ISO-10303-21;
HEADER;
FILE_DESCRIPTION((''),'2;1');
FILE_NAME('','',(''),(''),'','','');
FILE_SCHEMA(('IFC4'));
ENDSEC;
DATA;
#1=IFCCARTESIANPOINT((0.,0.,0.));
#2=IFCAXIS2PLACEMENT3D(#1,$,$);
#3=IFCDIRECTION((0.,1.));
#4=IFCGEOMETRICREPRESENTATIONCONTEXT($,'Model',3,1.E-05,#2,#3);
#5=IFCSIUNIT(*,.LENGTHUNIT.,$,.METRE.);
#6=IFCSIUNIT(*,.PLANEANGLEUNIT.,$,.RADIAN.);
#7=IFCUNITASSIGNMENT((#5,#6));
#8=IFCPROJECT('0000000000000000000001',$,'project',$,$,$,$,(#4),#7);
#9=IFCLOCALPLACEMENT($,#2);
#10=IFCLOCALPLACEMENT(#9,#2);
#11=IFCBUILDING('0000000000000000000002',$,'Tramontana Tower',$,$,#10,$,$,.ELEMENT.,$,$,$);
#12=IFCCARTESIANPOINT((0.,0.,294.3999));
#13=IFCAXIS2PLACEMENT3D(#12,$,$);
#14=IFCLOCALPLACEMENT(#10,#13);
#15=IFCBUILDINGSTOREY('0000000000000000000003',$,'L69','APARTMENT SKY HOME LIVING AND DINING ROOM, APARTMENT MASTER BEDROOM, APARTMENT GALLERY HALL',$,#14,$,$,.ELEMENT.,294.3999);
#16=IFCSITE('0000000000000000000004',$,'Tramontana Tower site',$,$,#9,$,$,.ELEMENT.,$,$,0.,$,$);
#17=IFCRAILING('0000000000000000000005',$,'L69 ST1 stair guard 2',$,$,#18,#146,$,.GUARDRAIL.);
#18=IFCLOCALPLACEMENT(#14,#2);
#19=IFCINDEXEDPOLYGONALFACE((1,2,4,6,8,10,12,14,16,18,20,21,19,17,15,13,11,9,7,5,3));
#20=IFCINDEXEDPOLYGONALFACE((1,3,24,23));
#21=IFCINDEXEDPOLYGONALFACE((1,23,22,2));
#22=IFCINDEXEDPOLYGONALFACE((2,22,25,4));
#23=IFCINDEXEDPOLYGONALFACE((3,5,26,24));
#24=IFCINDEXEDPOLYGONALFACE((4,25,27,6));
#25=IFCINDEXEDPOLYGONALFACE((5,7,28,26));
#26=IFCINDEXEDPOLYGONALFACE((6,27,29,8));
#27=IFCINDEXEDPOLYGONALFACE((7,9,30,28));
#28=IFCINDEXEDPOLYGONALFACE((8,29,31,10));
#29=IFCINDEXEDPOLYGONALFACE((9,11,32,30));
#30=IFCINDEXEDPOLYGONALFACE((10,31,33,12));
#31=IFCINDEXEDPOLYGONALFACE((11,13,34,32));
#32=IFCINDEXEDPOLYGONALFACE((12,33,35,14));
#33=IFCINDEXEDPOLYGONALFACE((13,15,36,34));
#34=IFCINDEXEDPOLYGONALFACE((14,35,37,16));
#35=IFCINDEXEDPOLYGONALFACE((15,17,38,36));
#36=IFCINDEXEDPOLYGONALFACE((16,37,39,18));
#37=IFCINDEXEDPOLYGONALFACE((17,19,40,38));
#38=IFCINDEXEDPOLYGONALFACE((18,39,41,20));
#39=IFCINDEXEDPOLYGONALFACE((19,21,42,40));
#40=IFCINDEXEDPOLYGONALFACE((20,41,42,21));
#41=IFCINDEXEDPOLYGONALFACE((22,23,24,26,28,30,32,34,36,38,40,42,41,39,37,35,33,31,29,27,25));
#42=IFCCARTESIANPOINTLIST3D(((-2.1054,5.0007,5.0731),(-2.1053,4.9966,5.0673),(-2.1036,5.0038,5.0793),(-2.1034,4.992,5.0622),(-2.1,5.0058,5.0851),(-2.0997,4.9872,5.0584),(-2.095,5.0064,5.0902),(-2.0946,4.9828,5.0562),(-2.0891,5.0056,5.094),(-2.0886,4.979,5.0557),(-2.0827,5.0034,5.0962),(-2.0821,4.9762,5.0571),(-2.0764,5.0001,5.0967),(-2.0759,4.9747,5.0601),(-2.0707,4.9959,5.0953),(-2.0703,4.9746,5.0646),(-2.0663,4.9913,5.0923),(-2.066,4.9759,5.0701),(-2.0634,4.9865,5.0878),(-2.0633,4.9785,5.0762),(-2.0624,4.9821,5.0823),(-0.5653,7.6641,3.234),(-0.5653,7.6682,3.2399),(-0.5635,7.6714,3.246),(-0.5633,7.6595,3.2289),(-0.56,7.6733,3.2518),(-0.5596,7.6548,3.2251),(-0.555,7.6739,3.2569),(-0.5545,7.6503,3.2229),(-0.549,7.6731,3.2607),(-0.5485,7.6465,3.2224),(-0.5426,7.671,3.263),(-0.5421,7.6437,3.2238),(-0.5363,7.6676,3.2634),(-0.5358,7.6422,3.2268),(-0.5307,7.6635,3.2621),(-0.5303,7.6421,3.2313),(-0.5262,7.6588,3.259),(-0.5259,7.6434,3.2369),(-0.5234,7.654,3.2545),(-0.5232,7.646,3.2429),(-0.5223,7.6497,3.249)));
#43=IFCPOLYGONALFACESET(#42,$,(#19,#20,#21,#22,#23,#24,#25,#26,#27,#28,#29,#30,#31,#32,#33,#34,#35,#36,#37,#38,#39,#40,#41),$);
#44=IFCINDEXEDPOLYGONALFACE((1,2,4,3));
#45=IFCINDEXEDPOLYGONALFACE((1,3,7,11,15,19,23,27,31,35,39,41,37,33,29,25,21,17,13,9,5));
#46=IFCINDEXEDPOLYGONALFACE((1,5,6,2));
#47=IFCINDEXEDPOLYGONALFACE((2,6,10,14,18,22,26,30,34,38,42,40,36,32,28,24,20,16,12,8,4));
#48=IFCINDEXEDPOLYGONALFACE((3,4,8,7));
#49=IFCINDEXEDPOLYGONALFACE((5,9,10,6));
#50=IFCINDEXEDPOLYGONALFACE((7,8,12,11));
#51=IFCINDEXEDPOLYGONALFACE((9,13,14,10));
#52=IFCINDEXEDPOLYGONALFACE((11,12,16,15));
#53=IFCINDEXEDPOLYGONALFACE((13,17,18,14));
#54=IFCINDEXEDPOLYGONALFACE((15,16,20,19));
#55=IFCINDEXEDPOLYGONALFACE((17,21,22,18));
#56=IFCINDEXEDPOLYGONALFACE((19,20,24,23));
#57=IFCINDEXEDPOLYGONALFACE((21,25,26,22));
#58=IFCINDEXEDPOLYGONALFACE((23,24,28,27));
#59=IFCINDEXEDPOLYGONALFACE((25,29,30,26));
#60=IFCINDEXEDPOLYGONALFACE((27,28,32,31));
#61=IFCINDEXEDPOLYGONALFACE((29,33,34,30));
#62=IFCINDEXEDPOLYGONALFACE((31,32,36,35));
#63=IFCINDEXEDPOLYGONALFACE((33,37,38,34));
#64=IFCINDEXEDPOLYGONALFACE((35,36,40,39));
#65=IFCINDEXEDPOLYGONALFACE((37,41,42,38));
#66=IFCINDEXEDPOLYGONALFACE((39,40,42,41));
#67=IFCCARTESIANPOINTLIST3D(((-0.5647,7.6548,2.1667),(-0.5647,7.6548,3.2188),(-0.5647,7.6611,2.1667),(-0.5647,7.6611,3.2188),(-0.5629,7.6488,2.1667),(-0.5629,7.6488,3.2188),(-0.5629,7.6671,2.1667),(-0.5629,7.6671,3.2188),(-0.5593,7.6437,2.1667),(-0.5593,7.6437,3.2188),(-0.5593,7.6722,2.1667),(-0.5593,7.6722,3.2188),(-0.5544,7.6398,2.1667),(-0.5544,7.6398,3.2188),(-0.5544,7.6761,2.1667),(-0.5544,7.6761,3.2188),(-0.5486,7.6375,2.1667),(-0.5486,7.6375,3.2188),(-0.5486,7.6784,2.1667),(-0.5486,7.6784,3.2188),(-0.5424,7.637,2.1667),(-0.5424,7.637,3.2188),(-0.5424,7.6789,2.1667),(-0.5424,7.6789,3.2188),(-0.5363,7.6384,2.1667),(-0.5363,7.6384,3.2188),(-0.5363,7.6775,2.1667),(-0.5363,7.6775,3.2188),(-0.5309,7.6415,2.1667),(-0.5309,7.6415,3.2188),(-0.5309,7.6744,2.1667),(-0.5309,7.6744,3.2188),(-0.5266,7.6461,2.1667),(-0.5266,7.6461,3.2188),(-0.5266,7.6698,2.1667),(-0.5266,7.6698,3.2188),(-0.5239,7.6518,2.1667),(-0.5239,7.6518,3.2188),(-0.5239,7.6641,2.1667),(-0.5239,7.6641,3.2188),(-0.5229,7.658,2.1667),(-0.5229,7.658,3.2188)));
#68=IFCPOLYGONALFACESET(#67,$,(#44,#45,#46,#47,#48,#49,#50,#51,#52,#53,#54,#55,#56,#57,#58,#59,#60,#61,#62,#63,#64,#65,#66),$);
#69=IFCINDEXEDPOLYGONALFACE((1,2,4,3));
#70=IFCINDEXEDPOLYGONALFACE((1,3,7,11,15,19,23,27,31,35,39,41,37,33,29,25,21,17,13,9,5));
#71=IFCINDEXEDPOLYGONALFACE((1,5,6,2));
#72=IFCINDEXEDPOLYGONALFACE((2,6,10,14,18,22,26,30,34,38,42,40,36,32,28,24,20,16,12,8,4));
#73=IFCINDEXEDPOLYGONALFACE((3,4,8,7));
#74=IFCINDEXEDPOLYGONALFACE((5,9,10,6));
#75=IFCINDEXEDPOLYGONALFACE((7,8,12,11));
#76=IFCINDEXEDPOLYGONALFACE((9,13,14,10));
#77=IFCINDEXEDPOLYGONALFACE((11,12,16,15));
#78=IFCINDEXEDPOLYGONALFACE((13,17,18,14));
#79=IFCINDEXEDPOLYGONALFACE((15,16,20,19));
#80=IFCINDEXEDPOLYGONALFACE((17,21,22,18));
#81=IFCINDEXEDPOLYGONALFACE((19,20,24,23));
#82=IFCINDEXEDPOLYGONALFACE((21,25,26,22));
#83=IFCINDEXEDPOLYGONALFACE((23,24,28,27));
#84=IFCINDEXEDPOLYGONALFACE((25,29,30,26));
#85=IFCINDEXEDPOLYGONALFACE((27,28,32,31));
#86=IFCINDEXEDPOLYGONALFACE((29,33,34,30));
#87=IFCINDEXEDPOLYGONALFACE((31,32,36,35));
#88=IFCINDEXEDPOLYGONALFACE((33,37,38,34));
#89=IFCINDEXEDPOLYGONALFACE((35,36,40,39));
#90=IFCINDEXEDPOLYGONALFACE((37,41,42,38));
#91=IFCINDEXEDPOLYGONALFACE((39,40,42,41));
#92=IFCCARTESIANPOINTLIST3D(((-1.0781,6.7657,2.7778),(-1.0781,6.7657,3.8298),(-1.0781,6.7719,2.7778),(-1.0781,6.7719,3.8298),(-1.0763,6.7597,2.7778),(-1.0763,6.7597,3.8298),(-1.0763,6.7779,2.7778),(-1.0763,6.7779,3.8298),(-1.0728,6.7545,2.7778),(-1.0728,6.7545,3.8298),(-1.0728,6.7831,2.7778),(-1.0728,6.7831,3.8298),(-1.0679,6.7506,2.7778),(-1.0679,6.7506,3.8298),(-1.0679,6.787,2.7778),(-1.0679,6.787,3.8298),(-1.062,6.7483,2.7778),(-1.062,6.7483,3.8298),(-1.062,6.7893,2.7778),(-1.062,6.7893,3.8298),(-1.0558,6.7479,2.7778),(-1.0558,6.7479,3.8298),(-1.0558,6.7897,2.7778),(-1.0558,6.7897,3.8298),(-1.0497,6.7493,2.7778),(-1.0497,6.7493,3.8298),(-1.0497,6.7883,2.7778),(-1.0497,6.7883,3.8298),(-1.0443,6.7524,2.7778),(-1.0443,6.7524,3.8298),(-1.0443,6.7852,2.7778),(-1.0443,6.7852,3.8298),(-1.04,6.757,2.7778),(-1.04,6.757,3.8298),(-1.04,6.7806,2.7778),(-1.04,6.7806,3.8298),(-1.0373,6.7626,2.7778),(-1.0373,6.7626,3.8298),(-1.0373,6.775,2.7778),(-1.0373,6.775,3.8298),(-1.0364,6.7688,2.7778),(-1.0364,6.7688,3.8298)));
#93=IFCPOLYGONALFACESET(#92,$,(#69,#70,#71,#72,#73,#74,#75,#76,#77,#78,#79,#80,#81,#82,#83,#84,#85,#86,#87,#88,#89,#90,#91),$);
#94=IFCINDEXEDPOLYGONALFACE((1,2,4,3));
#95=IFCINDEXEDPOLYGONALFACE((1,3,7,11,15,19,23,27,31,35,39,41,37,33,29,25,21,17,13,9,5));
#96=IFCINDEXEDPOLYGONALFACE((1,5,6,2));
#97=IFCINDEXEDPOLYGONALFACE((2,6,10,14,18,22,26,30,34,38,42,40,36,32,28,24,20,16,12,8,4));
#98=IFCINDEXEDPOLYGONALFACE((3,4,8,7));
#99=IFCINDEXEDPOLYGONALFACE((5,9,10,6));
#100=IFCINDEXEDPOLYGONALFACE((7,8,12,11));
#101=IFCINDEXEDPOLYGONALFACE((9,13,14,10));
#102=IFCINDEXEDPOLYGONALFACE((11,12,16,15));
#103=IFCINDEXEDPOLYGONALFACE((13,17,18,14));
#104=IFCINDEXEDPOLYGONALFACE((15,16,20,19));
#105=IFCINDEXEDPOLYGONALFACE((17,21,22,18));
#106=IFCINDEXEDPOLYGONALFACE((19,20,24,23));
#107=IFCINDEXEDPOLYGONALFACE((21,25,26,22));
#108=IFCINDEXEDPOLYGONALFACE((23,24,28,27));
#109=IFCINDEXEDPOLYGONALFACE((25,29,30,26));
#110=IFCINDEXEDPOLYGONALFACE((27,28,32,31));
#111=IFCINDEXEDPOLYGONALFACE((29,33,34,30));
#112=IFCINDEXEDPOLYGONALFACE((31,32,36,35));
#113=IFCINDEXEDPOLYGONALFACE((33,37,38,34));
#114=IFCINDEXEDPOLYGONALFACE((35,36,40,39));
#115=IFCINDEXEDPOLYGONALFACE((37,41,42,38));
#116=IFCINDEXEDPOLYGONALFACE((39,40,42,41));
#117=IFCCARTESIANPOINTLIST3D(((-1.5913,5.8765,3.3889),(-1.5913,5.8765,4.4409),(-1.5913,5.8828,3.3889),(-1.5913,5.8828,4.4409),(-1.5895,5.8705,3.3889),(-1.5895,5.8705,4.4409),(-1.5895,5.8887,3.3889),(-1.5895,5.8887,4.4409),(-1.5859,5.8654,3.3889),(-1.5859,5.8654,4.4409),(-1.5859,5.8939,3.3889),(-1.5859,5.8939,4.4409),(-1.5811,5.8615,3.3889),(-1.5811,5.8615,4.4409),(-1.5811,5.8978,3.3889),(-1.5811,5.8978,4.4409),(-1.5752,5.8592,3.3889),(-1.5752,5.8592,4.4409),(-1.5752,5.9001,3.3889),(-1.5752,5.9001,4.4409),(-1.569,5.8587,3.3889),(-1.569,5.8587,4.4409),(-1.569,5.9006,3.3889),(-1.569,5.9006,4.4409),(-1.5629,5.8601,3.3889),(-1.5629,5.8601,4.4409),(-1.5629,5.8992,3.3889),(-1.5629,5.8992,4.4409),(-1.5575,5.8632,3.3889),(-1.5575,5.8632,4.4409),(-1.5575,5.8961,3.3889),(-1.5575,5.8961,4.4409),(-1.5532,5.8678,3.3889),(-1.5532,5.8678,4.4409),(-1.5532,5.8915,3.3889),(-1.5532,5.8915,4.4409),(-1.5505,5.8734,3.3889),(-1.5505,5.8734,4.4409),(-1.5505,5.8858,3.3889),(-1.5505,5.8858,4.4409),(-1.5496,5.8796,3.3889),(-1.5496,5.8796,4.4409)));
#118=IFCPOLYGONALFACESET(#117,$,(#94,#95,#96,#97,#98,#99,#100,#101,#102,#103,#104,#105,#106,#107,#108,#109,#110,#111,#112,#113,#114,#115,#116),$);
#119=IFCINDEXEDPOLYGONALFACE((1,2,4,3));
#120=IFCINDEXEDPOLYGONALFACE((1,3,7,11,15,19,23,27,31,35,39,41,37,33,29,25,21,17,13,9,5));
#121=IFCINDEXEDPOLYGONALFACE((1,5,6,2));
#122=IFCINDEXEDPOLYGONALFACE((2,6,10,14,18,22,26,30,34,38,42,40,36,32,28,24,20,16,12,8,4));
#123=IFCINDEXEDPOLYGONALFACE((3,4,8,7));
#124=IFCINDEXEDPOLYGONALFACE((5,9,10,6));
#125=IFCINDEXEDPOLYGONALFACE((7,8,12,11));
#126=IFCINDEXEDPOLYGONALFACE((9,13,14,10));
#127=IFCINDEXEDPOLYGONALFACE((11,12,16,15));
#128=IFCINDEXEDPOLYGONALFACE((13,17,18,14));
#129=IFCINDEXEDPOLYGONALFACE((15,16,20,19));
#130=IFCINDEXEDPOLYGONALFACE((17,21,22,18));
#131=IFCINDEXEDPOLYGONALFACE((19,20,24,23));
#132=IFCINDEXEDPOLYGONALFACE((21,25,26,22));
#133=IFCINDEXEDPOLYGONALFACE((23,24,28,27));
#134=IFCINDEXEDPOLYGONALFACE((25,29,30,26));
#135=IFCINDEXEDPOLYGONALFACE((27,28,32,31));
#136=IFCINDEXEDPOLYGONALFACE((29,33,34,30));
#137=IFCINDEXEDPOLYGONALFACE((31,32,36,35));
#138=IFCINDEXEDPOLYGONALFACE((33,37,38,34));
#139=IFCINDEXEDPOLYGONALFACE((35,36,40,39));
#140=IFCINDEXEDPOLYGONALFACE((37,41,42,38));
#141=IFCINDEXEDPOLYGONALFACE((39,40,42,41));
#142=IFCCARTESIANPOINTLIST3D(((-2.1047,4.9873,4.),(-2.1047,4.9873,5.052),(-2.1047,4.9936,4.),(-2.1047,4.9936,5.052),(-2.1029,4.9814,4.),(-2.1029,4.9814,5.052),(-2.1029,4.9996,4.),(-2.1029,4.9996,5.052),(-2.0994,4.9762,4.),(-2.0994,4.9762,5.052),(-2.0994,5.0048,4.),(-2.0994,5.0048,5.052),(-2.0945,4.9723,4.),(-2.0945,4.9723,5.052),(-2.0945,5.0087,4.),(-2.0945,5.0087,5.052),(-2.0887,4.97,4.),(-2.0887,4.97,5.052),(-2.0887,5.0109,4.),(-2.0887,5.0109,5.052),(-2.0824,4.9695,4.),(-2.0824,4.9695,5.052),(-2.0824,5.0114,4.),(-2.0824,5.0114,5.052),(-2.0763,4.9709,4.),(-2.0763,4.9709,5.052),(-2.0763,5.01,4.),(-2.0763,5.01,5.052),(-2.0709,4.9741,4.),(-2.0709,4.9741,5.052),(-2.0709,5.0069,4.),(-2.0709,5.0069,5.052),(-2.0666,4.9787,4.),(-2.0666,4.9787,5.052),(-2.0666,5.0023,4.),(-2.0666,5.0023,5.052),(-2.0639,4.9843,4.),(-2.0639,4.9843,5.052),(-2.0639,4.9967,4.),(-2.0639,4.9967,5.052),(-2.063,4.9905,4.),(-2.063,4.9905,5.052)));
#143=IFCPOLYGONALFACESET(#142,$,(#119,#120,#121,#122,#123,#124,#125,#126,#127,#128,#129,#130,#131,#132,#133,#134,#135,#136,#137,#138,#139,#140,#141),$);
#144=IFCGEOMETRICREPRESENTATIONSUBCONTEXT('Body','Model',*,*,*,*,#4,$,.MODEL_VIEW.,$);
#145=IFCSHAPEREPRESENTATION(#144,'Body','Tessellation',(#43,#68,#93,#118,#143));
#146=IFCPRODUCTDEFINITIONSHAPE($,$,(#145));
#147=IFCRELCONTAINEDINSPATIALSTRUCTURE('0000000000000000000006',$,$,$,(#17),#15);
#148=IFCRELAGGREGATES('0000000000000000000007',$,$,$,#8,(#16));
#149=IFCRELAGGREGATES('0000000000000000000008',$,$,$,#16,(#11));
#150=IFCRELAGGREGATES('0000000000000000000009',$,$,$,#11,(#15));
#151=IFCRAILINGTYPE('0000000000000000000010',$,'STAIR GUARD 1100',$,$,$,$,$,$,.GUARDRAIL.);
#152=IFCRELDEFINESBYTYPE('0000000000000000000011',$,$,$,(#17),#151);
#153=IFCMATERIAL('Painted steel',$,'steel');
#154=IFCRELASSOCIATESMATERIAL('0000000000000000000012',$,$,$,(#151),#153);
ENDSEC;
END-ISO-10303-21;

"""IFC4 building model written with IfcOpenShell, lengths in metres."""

from ifc_helpers import new_model, si_unit, direction, frame, origin, origin_2d, place, context, subcontext, project, spatial, circle, extrude, material, type_object, element, save


model = new_model("IFC4")

# Units and contexts
model_context = context("Model", 3, precision=1e-05, world=origin(), true_north=direction((0.0, 1.0)))
body_context = subcontext(model_context, "Body", "Model", "MODEL_VIEW")
ifc_project = project(units=[si_unit("LENGTHUNIT", "METRE"), si_unit("PLANEANGLEUNIT", "RADIAN")], contexts=[model_context])

# Site, building, storey
site_placement = place(None, origin())
site = spatial("IfcSite", under=ifc_project, at=site_placement, Name="Tramontana Tower site", CompositionType="ELEMENT", RefElevation=0.0)
building_placement = place(site_placement, origin())
building = spatial("IfcBuilding", under=site, at=building_placement, Name="Tramontana Tower", CompositionType="ELEMENT")
storey_placement = place(building_placement, frame((0.0, 0.0, 294.3999)))
storey = spatial("IfcBuildingStorey", under=building, at=storey_placement, Name="L69", Description="APARTMENT SKY HOME LIVING AND DINING ROOM, APARTMENT MASTER BEDROOM, APARTMENT GALLERY HALL", CompositionType="ELEMENT", Elevation=294.3999)

# Railing
ifc_material_1 = material(Name="Painted steel", Category="steel")
railing_type_1 = type_object("IfcRailingType", Name="STAIR GUARD 1100", PredefinedType="GUARDRAIL", material=ifc_material_1)
railing_1_placement = place(storey_placement, frame((-0.5439, 7.658, 2.1667)))
element("IfcRailing", 1, at=railing_1_placement, inside=storey, type_object=railing_type_1, Name="L69 ST1 stair guard 2", PredefinedType="GUARDRAIL", context=body_context, shape_type="SweptSolid", body=[
    extrude(circle(Radius=0.0239, at=origin_2d()), frame((0.0, 0.0, 1.0762), z_axis=(-0.429649, -0.74419, 0.511452), x_axis=(0.86603, -0.499992, 0.0)), (0.0, 0.0, 1.0), 3.5845),
    extrude(circle(Radius=0.021, at=origin_2d()), origin(), (0.0, 0.0, 1.0), 1.052),
    extrude(circle(Radius=0.021, at=origin_2d()), frame((-0.5134, -0.8892, 0.6111)), (0.0, 0.0, 1.0), 1.052),
    extrude(circle(Radius=0.021, at=origin_2d()), frame((-1.0266, -1.7783, 1.2222)), (0.0, 0.0, 1.0), 1.052),
    extrude(circle(Radius=0.021, at=origin_2d()), frame((-1.54, -2.6675, 1.8333)), (0.0, 0.0, 1.0), 1.052),
])

save(model, "model.ifc")
